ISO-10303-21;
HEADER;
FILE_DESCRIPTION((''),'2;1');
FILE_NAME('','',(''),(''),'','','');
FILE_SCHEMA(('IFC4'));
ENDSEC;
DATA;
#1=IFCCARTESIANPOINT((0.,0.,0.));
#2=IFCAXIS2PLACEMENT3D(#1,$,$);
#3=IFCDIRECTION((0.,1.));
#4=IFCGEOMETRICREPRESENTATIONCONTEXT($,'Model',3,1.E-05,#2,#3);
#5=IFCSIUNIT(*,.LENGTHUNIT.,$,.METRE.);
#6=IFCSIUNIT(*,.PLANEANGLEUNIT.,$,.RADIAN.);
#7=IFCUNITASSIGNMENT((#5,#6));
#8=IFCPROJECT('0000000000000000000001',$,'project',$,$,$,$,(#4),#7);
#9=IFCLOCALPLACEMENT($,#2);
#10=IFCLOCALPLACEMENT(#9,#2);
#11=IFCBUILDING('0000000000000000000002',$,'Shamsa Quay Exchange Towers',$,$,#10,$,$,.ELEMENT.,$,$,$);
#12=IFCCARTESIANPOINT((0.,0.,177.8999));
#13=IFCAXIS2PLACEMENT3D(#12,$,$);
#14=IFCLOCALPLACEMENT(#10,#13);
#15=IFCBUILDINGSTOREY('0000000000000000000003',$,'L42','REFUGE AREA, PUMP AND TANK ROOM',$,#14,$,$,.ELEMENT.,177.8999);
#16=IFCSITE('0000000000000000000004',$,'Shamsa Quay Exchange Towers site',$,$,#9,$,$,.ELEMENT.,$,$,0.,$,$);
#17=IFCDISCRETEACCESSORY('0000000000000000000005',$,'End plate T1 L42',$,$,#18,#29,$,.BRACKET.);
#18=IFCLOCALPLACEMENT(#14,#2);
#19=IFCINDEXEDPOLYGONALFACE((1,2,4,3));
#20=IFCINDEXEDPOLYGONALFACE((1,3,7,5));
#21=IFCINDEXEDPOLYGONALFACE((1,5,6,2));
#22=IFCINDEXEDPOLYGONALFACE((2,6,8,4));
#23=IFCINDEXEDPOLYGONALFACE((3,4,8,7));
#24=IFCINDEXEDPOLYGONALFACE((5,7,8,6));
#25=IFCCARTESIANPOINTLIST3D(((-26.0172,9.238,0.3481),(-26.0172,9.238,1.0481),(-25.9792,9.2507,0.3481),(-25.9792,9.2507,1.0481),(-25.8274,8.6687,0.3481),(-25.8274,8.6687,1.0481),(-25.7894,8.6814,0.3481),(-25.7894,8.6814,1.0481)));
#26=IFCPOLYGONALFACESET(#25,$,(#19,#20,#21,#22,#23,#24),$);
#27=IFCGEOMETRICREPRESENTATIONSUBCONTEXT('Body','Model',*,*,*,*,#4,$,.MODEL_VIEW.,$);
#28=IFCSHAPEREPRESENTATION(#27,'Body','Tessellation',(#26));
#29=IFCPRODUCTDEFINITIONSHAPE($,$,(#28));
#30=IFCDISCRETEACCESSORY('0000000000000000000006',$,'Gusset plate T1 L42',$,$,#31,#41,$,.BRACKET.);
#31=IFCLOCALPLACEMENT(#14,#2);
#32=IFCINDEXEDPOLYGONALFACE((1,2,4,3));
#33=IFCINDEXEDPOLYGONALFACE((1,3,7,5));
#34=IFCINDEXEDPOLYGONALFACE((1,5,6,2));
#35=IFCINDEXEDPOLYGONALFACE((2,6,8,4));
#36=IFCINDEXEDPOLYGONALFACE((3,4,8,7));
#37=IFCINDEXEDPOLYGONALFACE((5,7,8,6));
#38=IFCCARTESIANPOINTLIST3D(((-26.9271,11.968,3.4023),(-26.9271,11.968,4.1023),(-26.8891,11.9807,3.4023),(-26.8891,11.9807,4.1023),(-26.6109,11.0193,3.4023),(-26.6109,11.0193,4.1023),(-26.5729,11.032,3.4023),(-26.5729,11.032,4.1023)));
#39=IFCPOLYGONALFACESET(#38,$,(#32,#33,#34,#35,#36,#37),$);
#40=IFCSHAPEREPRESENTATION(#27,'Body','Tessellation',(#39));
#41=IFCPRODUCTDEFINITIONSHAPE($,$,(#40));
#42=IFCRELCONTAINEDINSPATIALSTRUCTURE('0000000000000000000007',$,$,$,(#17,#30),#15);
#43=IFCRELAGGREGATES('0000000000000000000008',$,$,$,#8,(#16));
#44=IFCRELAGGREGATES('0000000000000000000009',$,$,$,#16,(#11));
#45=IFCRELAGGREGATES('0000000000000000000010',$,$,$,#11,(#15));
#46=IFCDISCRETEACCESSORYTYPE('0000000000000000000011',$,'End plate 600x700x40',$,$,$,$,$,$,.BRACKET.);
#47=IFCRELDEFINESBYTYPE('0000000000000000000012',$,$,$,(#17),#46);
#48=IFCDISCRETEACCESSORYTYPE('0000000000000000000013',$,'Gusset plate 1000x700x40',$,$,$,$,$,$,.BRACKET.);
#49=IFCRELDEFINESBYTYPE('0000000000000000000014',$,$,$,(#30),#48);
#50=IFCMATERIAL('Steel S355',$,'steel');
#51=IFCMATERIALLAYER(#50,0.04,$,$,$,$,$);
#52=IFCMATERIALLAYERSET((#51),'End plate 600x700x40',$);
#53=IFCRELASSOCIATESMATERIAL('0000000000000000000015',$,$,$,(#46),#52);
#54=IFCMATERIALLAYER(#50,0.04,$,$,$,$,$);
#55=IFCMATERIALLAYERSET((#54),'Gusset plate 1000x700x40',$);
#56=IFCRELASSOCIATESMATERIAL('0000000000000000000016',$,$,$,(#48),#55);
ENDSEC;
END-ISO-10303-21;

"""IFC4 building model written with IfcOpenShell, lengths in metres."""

from ifc_helpers import new_model, si_unit, direction, frame, origin, origin_2d, place, context, subcontext, project, spatial, rectangle, extrude, material, layer, layer_set, type_object, element, save


model = new_model("IFC4")

# Units and contexts
model_context = context("Model", 3, precision=1e-05, world=origin(), true_north=direction((0.0, 1.0)))
body_context = subcontext(model_context, "Body", "Model", "MODEL_VIEW")
ifc_project = project(units=[si_unit("LENGTHUNIT", "METRE"), si_unit("PLANEANGLEUNIT", "RADIAN")], contexts=[model_context])

# Site, building, storey
site_placement = place(None, origin())
site = spatial("IfcSite", under=ifc_project, at=site_placement, Name="Shamsa Quay Exchange Towers site", CompositionType="ELEMENT", RefElevation=0.0)
building_placement = place(site_placement, origin())
building = spatial("IfcBuilding", under=site, at=building_placement, Name="Shamsa Quay Exchange Towers", CompositionType="ELEMENT")
storey_placement = place(building_placement, frame((0.0, 0.0, 177.8999)))
storey = spatial("IfcBuildingStorey", under=building, at=storey_placement, Name="L42", Description="REFUGE AREA, PUMP AND TANK ROOM", CompositionType="ELEMENT", Elevation=177.8999)

# Shared definitions
ifc_material_1 = material(Name="Steel S355", Category="steel")

# Discrete accessories
ifc_layer_1 = layer(ifc_material_1, 0.04)
ifc_layer_set_1 = layer_set([ifc_layer_1], Name="End plate 600x700x40")
discrete_accessory_type_1 = type_object("IfcDiscreteAccessoryType", Name="End plate 600x700x40", PredefinedType="BRACKET", material=ifc_layer_set_1)
for number, where, z_axis, x_axis, name in (
    (1, (-25.9033, 8.9597, 0.3481), (0.0, 0.0, 1.0), (-0.316228, 0.948683, 0.0), "End plate T1 L42"),
):
    element("IfcDiscreteAccessory", number, at=place(storey_placement, frame(where, z_axis=z_axis, x_axis=x_axis)), inside=storey, type_object=discrete_accessory_type_1, Name=name, PredefinedType="BRACKET", context=body_context, shape_type="SweptSolid", body=[
        extrude(rectangle(XDim=0.6001, YDim=0.04, at=origin_2d()), origin(), (0.0, 0.0, 1.0), 0.7),
    ])
ifc_layer_2 = layer(ifc_material_1, 0.04)
ifc_layer_set_2 = layer_set([ifc_layer_2], Name="Gusset plate 1000x700x40")
discrete_accessory_type_2 = type_object("IfcDiscreteAccessoryType", Name="Gusset plate 1000x700x40", PredefinedType="BRACKET", material=ifc_layer_set_2)
discrete_accessory_placement = place(storey_placement, frame((-26.75, 11.5, 3.4023), z_axis=(0.0, 0.0, 1.0), x_axis=(-0.316228, 0.948683, 0.0)))
element("IfcDiscreteAccessory", 2, at=discrete_accessory_placement, inside=storey, type_object=discrete_accessory_type_2, Name="Gusset plate T1 L42", PredefinedType="BRACKET", context=body_context, shape_type="SweptSolid", body=[
    extrude(rectangle(XDim=1.0, YDim=0.04, at=origin_2d()), origin(), (0.0, 0.0, 1.0), 0.7),
])

save(model, "model.ifc")
